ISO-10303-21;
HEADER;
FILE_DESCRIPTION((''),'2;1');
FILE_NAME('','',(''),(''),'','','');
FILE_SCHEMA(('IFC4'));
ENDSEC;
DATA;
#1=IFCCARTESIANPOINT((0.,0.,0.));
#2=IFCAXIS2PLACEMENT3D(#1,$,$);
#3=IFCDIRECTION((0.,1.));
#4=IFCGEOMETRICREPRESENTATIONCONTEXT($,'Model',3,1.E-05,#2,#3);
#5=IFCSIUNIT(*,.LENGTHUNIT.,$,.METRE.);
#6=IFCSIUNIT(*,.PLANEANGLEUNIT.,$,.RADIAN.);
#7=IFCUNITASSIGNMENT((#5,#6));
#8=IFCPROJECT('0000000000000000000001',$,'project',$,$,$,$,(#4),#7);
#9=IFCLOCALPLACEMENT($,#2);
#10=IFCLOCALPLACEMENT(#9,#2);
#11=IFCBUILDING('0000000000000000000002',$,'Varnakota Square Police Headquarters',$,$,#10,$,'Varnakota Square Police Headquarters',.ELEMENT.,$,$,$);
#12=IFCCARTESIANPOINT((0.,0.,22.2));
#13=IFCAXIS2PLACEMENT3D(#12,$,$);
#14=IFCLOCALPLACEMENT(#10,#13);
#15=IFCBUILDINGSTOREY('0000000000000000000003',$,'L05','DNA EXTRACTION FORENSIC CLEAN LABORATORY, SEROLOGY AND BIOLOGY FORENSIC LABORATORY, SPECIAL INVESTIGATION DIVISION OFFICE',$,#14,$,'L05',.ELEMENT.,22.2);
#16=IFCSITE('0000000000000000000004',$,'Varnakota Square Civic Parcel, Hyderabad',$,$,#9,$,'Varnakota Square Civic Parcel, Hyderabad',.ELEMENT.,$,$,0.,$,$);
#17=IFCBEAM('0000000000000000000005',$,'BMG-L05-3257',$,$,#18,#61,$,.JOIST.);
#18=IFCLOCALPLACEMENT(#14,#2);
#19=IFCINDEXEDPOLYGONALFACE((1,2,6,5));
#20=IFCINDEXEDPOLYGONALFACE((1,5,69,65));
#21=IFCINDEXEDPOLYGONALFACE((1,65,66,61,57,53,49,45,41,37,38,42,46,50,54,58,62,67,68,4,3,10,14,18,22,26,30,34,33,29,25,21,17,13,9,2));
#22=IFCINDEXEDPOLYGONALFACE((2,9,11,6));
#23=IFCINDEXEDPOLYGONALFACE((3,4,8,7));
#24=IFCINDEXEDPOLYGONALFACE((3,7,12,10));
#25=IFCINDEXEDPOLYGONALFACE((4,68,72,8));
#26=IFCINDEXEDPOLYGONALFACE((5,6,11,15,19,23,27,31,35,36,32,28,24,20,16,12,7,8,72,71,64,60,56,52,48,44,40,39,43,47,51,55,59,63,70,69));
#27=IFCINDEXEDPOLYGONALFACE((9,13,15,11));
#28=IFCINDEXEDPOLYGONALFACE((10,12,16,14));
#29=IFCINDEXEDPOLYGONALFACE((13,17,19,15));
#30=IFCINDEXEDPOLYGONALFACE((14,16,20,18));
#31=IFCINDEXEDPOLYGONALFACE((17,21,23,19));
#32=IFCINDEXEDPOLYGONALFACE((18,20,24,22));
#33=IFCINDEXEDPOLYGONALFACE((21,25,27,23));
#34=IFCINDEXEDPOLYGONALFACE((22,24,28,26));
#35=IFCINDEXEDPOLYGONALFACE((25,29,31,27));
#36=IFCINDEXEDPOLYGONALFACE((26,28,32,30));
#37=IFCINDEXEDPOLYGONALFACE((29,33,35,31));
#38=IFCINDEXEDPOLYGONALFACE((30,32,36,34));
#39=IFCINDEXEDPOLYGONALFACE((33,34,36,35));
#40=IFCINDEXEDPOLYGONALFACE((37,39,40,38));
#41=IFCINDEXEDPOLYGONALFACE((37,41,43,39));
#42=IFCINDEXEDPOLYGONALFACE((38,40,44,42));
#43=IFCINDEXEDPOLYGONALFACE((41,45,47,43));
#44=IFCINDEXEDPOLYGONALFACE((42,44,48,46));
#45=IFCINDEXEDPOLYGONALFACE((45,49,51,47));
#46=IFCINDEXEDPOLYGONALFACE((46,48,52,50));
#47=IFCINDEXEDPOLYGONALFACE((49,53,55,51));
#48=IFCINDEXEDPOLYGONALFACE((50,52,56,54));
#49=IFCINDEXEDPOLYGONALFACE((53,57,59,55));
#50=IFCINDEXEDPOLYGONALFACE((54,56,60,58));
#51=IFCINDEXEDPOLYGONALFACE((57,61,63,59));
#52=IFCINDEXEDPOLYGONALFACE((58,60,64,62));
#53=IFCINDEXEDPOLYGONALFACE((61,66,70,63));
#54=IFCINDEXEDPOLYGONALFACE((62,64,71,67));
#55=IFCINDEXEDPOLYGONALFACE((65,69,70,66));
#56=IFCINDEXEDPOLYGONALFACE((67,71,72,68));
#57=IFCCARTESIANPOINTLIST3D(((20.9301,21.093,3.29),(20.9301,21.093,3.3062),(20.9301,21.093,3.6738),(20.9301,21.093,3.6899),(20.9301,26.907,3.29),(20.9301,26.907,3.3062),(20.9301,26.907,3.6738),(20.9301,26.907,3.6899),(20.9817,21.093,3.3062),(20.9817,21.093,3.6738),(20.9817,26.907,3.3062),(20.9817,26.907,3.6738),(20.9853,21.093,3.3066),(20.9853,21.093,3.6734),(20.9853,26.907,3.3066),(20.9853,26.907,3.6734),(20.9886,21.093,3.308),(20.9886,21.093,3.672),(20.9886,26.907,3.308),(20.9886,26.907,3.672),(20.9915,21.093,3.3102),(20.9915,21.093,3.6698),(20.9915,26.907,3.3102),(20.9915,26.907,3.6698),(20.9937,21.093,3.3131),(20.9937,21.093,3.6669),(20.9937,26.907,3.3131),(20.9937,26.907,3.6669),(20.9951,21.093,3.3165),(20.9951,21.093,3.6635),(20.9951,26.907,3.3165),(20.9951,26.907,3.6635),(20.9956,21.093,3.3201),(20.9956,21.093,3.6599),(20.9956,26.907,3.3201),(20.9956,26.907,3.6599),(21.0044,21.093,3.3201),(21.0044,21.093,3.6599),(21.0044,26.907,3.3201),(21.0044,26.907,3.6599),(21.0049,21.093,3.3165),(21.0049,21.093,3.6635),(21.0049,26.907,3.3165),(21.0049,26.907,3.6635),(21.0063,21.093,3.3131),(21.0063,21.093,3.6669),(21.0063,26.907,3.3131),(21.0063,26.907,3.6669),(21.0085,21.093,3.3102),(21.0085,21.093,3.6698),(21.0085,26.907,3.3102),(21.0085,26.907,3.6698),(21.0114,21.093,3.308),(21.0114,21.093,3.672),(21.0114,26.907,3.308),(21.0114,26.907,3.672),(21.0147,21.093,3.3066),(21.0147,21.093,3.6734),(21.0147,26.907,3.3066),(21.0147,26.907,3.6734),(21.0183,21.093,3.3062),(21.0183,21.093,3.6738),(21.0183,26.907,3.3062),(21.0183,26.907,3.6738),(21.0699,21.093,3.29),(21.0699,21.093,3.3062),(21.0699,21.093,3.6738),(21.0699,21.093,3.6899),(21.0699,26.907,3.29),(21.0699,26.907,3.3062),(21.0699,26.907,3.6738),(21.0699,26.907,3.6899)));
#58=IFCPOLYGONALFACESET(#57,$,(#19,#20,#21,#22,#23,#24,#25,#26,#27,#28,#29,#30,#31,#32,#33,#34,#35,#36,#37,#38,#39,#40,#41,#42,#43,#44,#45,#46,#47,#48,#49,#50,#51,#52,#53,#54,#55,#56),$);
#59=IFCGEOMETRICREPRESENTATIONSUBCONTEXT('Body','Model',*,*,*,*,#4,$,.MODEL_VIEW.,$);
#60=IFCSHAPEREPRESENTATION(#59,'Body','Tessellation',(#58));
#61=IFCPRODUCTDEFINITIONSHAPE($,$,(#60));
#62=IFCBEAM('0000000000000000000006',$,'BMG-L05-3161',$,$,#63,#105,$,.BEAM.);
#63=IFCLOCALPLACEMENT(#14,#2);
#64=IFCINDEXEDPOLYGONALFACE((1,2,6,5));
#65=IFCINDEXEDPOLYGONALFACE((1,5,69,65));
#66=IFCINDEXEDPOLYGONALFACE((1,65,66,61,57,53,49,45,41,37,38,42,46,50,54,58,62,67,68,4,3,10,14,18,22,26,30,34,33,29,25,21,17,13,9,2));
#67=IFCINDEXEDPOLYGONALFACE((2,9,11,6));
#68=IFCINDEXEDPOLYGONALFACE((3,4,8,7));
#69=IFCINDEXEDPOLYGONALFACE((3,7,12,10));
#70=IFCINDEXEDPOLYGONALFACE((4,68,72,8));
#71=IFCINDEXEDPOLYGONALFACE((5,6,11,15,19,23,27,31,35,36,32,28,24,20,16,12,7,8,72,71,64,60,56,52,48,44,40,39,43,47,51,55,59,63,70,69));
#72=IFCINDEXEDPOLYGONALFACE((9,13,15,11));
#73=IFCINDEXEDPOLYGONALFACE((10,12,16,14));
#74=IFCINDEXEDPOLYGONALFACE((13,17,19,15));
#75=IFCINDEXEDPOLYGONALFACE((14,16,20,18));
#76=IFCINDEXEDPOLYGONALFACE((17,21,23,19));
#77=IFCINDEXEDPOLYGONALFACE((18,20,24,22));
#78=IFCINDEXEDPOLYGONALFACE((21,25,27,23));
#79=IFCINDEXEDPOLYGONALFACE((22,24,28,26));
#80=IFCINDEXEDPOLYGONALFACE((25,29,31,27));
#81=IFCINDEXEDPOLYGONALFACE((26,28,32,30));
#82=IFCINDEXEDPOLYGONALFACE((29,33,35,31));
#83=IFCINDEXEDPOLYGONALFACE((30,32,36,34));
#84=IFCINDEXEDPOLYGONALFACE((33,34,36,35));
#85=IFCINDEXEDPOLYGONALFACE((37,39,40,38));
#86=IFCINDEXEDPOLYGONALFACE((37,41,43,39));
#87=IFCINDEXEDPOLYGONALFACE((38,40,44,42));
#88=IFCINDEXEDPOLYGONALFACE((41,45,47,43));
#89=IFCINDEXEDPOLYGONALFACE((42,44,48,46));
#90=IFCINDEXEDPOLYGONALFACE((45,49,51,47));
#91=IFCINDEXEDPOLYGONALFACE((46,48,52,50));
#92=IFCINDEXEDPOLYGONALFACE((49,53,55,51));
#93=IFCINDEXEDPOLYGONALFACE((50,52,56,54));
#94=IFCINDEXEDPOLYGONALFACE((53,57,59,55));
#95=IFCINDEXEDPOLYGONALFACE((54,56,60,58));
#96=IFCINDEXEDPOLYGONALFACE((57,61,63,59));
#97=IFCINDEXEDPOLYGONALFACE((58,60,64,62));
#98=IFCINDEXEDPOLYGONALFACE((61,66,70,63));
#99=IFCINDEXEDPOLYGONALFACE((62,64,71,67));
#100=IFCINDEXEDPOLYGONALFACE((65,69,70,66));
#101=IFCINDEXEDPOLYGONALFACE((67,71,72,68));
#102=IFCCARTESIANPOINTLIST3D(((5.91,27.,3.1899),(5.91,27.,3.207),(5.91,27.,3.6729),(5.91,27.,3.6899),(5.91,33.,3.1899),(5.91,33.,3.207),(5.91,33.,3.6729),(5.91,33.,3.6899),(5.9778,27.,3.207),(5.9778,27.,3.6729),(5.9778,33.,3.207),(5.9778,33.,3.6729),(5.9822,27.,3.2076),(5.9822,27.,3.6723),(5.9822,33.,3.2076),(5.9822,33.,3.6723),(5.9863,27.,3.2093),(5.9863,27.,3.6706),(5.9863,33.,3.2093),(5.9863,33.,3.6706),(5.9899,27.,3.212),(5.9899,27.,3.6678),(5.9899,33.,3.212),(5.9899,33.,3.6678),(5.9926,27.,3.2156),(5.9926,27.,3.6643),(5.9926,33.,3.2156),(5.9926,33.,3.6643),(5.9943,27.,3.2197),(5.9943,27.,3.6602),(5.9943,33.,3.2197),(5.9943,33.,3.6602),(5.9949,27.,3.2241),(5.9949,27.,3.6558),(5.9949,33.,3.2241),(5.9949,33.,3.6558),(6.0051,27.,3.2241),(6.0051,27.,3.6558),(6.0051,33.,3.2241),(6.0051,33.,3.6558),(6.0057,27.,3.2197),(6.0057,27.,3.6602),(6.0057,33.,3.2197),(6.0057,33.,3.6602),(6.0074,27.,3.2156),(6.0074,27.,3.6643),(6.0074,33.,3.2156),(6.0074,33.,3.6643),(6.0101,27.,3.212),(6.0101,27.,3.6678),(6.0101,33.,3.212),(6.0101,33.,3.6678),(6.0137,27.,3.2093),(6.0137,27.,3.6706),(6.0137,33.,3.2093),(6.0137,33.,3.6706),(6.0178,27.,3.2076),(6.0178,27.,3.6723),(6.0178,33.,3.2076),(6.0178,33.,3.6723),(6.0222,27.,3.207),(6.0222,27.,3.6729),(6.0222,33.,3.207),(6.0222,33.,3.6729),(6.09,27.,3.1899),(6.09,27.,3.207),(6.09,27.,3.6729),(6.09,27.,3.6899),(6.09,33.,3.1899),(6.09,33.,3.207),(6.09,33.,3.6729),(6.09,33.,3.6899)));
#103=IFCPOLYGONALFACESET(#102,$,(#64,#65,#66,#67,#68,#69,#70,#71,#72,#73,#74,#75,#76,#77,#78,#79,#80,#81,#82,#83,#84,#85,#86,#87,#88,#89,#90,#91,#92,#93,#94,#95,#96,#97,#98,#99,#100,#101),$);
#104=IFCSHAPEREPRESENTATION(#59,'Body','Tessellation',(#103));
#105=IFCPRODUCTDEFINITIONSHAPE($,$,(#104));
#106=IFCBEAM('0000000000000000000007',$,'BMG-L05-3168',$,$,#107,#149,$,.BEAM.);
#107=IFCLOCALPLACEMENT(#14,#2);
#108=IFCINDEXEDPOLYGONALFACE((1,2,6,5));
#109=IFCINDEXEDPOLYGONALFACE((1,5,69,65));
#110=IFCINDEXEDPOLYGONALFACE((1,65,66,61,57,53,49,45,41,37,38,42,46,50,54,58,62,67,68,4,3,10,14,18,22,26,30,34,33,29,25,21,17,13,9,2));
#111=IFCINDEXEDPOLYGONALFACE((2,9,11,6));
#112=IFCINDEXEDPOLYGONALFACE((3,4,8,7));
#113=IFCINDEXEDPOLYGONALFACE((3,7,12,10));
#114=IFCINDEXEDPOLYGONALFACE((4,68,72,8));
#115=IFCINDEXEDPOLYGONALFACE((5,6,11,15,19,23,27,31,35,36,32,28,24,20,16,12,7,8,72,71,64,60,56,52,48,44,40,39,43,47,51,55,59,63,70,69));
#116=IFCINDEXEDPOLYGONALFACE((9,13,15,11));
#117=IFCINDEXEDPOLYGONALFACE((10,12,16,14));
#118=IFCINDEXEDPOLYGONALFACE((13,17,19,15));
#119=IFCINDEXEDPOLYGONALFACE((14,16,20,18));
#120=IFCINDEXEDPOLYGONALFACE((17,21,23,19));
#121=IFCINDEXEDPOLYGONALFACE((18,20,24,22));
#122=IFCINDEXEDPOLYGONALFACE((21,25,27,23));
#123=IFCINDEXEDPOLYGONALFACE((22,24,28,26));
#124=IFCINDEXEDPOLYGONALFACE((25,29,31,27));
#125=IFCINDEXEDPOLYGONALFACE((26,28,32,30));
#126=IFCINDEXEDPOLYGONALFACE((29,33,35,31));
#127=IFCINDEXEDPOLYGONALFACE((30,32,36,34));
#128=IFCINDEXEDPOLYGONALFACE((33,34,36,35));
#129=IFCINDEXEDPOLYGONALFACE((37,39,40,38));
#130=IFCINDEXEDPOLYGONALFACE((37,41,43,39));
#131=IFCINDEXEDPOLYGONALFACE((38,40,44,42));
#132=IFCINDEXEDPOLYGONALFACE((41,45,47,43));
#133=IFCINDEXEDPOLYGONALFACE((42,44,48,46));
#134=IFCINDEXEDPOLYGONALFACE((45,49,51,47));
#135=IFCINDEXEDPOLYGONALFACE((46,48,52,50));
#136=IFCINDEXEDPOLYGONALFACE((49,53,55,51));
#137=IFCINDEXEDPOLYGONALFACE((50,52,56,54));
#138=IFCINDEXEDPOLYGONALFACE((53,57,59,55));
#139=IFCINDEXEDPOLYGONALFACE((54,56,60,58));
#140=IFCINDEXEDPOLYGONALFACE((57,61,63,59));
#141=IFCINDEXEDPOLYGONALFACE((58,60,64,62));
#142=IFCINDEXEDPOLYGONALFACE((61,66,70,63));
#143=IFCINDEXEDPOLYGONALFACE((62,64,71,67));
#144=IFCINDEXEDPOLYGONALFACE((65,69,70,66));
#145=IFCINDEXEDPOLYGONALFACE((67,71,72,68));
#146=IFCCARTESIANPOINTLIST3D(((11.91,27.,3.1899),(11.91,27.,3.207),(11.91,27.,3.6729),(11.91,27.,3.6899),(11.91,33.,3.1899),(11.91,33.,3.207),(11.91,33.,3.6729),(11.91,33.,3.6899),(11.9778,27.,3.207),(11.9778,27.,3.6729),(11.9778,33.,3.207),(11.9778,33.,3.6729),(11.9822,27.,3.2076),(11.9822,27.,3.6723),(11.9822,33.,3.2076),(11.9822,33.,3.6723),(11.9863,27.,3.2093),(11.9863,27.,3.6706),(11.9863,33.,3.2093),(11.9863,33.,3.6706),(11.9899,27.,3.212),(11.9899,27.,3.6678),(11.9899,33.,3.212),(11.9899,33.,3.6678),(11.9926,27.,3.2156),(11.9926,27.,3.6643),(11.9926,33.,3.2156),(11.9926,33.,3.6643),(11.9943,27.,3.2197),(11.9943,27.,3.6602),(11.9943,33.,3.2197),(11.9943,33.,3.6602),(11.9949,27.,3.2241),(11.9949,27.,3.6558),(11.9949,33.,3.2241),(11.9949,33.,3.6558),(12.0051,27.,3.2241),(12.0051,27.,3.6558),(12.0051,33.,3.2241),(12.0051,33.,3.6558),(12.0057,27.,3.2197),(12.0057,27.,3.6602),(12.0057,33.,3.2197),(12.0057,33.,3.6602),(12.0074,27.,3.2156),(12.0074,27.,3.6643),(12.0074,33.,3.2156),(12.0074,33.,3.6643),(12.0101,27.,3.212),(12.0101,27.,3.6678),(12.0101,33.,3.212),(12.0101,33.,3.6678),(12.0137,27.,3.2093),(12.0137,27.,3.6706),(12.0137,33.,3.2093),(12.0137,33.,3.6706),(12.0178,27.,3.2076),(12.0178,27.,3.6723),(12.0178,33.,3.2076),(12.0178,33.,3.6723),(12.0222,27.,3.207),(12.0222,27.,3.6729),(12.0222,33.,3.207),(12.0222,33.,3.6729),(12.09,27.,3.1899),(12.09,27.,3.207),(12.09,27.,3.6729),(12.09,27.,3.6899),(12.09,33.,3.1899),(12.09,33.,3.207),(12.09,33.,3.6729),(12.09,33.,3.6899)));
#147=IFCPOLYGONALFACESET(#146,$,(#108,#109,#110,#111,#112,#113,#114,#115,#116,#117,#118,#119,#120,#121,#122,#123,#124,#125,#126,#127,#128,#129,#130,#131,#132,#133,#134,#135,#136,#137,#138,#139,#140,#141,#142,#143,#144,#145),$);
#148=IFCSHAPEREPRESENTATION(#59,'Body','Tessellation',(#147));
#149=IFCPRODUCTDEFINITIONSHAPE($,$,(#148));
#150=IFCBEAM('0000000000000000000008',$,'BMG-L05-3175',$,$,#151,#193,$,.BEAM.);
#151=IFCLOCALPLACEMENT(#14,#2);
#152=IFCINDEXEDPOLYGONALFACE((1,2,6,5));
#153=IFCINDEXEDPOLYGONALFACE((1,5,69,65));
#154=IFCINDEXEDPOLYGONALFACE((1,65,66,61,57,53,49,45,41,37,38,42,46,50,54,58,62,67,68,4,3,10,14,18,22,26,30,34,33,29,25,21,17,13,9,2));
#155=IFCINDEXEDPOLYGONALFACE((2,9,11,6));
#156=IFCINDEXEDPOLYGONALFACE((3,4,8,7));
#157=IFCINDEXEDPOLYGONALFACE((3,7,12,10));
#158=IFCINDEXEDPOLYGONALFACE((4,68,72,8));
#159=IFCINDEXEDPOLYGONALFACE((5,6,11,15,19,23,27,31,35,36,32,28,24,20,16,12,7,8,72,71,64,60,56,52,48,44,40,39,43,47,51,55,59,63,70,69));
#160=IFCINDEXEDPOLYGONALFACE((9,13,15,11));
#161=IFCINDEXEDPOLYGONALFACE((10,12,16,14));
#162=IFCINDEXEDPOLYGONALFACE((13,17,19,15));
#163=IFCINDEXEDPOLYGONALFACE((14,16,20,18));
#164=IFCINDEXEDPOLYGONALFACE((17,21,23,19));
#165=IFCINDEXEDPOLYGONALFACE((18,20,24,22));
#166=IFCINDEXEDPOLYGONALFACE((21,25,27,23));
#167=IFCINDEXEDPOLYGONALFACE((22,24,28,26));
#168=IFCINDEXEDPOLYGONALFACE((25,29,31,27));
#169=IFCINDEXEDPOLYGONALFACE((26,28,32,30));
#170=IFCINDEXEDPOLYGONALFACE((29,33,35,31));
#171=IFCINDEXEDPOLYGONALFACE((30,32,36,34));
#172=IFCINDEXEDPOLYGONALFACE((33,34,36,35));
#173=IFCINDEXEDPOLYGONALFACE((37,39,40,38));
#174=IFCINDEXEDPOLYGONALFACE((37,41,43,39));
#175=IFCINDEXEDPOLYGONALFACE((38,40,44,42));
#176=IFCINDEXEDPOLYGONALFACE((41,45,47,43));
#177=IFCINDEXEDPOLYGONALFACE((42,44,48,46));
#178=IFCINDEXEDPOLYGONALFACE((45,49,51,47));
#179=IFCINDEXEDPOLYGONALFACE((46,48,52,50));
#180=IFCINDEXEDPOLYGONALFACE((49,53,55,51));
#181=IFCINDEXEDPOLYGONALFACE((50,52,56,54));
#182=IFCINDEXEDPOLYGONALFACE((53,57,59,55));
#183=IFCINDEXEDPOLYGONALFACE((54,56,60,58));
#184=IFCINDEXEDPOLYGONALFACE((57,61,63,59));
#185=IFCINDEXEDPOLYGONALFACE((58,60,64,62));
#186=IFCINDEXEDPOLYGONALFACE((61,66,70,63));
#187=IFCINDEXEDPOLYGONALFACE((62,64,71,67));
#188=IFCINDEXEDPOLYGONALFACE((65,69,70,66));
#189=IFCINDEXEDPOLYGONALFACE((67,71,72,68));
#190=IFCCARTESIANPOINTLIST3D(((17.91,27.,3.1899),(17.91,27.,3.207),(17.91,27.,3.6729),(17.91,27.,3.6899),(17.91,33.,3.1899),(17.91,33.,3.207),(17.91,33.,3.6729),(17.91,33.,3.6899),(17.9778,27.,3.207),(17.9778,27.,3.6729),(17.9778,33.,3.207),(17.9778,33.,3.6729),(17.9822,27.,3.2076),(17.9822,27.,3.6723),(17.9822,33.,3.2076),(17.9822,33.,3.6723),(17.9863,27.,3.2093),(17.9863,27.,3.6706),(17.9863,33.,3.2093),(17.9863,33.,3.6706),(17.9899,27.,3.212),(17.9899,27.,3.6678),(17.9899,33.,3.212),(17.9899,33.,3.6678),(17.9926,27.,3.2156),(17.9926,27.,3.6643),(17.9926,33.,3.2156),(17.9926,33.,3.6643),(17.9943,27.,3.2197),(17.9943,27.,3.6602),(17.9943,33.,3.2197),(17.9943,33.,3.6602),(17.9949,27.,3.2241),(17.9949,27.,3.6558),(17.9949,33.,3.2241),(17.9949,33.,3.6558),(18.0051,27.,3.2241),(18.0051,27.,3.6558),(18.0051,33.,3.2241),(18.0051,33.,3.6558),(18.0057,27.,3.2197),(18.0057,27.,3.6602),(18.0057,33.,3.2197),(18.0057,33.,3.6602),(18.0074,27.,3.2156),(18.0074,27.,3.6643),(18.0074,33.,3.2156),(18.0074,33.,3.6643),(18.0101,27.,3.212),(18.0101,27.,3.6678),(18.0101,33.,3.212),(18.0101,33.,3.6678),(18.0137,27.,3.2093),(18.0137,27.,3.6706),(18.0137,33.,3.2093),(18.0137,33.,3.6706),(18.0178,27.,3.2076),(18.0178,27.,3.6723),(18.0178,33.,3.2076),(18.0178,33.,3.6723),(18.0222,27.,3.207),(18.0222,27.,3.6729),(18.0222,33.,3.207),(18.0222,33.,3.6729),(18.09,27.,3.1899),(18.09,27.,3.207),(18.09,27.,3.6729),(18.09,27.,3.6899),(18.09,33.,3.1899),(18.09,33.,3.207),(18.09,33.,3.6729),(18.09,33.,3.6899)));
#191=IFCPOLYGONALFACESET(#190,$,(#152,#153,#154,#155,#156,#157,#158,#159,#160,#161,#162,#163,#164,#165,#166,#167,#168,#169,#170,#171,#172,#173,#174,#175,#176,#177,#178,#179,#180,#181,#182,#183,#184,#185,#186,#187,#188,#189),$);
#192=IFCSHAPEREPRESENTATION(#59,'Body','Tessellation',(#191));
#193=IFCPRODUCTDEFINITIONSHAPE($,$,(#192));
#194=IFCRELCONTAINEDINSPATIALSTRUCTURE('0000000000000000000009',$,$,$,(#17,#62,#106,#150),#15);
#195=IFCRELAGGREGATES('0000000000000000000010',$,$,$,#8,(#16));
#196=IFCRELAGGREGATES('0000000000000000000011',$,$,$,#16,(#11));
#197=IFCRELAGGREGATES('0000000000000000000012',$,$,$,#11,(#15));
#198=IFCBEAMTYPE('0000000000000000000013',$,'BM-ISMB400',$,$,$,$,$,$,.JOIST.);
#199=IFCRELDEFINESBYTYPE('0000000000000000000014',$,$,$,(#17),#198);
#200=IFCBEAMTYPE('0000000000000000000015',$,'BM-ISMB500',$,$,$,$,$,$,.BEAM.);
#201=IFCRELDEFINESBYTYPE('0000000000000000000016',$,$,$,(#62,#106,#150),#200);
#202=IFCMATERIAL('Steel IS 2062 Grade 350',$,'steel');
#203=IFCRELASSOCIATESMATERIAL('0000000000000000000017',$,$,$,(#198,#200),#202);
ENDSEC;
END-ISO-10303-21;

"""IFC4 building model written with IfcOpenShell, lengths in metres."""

from ifc_helpers import new_model, si_unit, direction, frame, origin, origin_2d, place, context, subcontext, project, spatial, i_section, extrude, material, material_profile, profile_set, type_object, element, save


model = new_model("IFC4")

# Units and contexts
model_context = context("Model", 3, precision=1e-05, world=origin(), true_north=direction((0.0, 1.0)))
body_context = subcontext(model_context, "Body", "Model", "MODEL_VIEW")
ifc_project = project(units=[si_unit("LENGTHUNIT", "METRE"), si_unit("PLANEANGLEUNIT", "RADIAN")], contexts=[model_context])

# Site, building, storey
site_placement = place(None, origin())
site = spatial("IfcSite", under=ifc_project, at=site_placement, Name="Varnakota Square Civic Parcel, Hyderabad", LongName="Varnakota Square Civic Parcel, Hyderabad", CompositionType="ELEMENT", RefElevation=0.0)
building_placement = place(site_placement, origin())
building = spatial("IfcBuilding", under=site, at=building_placement, Name="Varnakota Square Police Headquarters", LongName="Varnakota Square Police Headquarters", CompositionType="ELEMENT")
storey_placement = place(building_placement, frame((0.0, 0.0, 22.2)))
storey = spatial("IfcBuildingStorey", under=building, at=storey_placement, Name="L05", Description="DNA EXTRACTION FORENSIC CLEAN LABORATORY, SEROLOGY AND BIOLOGY FORENSIC LABORATORY, SPECIAL INVESTIGATION DIVISION OFFICE", LongName="L05", CompositionType="ELEMENT", Elevation=22.2)

# Shared definitions
ifc_material_1 = material(Name="Steel IS 2062 Grade 350", Category="steel")

# Beams
ifc_material_profile_1 = material_profile(ifc_material_1, i_section(OverallWidth=0.1399, OverallDepth=0.3999, WebThickness=0.0088, FlangeThickness=0.0161, FilletRadius=0.0139, at=origin_2d()), Name="ISMB 400")
ifc_profile_set_1 = profile_set([ifc_material_profile_1], Name="Steel IS 2062 Grade 350")
beam_type_1 = type_object("IfcBeamType", Name="BM-ISMB400", PredefinedType="JOIST", material=ifc_profile_set_1)
beam_1_placement = place(storey_placement, frame((21.0, 21.093, 3.49), z_axis=(0.0, 1.0, 0.0), x_axis=(-1.0, 0.0, 0.0)))
element("IfcBeam", 1, at=beam_1_placement, inside=storey, type_object=beam_type_1, Name="BMG-L05-3257", PredefinedType="JOIST", context=body_context, shape_type="SweptSolid", body=[
    extrude(i_section(OverallWidth=0.1399, OverallDepth=0.3999, WebThickness=0.0088, FlangeThickness=0.0161, FilletRadius=0.0139, at=origin_2d()), origin(), (0.0, 0.0, 1.0), 5.814),
])
ifc_material_profile_2 = material_profile(ifc_material_1, i_section(OverallWidth=0.1799, OverallDepth=0.5, WebThickness=0.0103, FlangeThickness=0.0171, FilletRadius=0.0171, at=origin_2d()), Name="ISMB 500")
ifc_profile_set_2 = profile_set([ifc_material_profile_2], Name="Steel IS 2062 Grade 350")
beam_type_2 = type_object("IfcBeamType", Name="BM-ISMB500", PredefinedType="BEAM", material=ifc_profile_set_2)
for number, where, z_axis, x_axis, name in (
    (2, (6.0, 27.0, 3.4399), (0.0, 1.0, 0.0), (-1.0, 0.0, 0.0), "BMG-L05-3161"),
    (3, (12.0, 27.0, 3.4399), (0.0, 1.0, 0.0), (-1.0, 0.0, 0.0), "BMG-L05-3168"),
    (4, (18.0, 27.0, 3.4399), (0.0, 1.0, 0.0), (-1.0, 0.0, 0.0), "BMG-L05-3175"),
):
    element("IfcBeam", number, at=place(storey_placement, frame(where, z_axis=z_axis, x_axis=x_axis)), inside=storey, type_object=beam_type_2, Name=name, PredefinedType="BEAM", context=body_context, shape_type="SweptSolid", body=[
        extrude(i_section(OverallWidth=0.1799, OverallDepth=0.5, WebThickness=0.0103, FlangeThickness=0.0171, FilletRadius=0.0171, at=origin_2d()), origin(), (0.0, 0.0, 1.0), 6.0),
    ])

save(model, "model.ifc")
